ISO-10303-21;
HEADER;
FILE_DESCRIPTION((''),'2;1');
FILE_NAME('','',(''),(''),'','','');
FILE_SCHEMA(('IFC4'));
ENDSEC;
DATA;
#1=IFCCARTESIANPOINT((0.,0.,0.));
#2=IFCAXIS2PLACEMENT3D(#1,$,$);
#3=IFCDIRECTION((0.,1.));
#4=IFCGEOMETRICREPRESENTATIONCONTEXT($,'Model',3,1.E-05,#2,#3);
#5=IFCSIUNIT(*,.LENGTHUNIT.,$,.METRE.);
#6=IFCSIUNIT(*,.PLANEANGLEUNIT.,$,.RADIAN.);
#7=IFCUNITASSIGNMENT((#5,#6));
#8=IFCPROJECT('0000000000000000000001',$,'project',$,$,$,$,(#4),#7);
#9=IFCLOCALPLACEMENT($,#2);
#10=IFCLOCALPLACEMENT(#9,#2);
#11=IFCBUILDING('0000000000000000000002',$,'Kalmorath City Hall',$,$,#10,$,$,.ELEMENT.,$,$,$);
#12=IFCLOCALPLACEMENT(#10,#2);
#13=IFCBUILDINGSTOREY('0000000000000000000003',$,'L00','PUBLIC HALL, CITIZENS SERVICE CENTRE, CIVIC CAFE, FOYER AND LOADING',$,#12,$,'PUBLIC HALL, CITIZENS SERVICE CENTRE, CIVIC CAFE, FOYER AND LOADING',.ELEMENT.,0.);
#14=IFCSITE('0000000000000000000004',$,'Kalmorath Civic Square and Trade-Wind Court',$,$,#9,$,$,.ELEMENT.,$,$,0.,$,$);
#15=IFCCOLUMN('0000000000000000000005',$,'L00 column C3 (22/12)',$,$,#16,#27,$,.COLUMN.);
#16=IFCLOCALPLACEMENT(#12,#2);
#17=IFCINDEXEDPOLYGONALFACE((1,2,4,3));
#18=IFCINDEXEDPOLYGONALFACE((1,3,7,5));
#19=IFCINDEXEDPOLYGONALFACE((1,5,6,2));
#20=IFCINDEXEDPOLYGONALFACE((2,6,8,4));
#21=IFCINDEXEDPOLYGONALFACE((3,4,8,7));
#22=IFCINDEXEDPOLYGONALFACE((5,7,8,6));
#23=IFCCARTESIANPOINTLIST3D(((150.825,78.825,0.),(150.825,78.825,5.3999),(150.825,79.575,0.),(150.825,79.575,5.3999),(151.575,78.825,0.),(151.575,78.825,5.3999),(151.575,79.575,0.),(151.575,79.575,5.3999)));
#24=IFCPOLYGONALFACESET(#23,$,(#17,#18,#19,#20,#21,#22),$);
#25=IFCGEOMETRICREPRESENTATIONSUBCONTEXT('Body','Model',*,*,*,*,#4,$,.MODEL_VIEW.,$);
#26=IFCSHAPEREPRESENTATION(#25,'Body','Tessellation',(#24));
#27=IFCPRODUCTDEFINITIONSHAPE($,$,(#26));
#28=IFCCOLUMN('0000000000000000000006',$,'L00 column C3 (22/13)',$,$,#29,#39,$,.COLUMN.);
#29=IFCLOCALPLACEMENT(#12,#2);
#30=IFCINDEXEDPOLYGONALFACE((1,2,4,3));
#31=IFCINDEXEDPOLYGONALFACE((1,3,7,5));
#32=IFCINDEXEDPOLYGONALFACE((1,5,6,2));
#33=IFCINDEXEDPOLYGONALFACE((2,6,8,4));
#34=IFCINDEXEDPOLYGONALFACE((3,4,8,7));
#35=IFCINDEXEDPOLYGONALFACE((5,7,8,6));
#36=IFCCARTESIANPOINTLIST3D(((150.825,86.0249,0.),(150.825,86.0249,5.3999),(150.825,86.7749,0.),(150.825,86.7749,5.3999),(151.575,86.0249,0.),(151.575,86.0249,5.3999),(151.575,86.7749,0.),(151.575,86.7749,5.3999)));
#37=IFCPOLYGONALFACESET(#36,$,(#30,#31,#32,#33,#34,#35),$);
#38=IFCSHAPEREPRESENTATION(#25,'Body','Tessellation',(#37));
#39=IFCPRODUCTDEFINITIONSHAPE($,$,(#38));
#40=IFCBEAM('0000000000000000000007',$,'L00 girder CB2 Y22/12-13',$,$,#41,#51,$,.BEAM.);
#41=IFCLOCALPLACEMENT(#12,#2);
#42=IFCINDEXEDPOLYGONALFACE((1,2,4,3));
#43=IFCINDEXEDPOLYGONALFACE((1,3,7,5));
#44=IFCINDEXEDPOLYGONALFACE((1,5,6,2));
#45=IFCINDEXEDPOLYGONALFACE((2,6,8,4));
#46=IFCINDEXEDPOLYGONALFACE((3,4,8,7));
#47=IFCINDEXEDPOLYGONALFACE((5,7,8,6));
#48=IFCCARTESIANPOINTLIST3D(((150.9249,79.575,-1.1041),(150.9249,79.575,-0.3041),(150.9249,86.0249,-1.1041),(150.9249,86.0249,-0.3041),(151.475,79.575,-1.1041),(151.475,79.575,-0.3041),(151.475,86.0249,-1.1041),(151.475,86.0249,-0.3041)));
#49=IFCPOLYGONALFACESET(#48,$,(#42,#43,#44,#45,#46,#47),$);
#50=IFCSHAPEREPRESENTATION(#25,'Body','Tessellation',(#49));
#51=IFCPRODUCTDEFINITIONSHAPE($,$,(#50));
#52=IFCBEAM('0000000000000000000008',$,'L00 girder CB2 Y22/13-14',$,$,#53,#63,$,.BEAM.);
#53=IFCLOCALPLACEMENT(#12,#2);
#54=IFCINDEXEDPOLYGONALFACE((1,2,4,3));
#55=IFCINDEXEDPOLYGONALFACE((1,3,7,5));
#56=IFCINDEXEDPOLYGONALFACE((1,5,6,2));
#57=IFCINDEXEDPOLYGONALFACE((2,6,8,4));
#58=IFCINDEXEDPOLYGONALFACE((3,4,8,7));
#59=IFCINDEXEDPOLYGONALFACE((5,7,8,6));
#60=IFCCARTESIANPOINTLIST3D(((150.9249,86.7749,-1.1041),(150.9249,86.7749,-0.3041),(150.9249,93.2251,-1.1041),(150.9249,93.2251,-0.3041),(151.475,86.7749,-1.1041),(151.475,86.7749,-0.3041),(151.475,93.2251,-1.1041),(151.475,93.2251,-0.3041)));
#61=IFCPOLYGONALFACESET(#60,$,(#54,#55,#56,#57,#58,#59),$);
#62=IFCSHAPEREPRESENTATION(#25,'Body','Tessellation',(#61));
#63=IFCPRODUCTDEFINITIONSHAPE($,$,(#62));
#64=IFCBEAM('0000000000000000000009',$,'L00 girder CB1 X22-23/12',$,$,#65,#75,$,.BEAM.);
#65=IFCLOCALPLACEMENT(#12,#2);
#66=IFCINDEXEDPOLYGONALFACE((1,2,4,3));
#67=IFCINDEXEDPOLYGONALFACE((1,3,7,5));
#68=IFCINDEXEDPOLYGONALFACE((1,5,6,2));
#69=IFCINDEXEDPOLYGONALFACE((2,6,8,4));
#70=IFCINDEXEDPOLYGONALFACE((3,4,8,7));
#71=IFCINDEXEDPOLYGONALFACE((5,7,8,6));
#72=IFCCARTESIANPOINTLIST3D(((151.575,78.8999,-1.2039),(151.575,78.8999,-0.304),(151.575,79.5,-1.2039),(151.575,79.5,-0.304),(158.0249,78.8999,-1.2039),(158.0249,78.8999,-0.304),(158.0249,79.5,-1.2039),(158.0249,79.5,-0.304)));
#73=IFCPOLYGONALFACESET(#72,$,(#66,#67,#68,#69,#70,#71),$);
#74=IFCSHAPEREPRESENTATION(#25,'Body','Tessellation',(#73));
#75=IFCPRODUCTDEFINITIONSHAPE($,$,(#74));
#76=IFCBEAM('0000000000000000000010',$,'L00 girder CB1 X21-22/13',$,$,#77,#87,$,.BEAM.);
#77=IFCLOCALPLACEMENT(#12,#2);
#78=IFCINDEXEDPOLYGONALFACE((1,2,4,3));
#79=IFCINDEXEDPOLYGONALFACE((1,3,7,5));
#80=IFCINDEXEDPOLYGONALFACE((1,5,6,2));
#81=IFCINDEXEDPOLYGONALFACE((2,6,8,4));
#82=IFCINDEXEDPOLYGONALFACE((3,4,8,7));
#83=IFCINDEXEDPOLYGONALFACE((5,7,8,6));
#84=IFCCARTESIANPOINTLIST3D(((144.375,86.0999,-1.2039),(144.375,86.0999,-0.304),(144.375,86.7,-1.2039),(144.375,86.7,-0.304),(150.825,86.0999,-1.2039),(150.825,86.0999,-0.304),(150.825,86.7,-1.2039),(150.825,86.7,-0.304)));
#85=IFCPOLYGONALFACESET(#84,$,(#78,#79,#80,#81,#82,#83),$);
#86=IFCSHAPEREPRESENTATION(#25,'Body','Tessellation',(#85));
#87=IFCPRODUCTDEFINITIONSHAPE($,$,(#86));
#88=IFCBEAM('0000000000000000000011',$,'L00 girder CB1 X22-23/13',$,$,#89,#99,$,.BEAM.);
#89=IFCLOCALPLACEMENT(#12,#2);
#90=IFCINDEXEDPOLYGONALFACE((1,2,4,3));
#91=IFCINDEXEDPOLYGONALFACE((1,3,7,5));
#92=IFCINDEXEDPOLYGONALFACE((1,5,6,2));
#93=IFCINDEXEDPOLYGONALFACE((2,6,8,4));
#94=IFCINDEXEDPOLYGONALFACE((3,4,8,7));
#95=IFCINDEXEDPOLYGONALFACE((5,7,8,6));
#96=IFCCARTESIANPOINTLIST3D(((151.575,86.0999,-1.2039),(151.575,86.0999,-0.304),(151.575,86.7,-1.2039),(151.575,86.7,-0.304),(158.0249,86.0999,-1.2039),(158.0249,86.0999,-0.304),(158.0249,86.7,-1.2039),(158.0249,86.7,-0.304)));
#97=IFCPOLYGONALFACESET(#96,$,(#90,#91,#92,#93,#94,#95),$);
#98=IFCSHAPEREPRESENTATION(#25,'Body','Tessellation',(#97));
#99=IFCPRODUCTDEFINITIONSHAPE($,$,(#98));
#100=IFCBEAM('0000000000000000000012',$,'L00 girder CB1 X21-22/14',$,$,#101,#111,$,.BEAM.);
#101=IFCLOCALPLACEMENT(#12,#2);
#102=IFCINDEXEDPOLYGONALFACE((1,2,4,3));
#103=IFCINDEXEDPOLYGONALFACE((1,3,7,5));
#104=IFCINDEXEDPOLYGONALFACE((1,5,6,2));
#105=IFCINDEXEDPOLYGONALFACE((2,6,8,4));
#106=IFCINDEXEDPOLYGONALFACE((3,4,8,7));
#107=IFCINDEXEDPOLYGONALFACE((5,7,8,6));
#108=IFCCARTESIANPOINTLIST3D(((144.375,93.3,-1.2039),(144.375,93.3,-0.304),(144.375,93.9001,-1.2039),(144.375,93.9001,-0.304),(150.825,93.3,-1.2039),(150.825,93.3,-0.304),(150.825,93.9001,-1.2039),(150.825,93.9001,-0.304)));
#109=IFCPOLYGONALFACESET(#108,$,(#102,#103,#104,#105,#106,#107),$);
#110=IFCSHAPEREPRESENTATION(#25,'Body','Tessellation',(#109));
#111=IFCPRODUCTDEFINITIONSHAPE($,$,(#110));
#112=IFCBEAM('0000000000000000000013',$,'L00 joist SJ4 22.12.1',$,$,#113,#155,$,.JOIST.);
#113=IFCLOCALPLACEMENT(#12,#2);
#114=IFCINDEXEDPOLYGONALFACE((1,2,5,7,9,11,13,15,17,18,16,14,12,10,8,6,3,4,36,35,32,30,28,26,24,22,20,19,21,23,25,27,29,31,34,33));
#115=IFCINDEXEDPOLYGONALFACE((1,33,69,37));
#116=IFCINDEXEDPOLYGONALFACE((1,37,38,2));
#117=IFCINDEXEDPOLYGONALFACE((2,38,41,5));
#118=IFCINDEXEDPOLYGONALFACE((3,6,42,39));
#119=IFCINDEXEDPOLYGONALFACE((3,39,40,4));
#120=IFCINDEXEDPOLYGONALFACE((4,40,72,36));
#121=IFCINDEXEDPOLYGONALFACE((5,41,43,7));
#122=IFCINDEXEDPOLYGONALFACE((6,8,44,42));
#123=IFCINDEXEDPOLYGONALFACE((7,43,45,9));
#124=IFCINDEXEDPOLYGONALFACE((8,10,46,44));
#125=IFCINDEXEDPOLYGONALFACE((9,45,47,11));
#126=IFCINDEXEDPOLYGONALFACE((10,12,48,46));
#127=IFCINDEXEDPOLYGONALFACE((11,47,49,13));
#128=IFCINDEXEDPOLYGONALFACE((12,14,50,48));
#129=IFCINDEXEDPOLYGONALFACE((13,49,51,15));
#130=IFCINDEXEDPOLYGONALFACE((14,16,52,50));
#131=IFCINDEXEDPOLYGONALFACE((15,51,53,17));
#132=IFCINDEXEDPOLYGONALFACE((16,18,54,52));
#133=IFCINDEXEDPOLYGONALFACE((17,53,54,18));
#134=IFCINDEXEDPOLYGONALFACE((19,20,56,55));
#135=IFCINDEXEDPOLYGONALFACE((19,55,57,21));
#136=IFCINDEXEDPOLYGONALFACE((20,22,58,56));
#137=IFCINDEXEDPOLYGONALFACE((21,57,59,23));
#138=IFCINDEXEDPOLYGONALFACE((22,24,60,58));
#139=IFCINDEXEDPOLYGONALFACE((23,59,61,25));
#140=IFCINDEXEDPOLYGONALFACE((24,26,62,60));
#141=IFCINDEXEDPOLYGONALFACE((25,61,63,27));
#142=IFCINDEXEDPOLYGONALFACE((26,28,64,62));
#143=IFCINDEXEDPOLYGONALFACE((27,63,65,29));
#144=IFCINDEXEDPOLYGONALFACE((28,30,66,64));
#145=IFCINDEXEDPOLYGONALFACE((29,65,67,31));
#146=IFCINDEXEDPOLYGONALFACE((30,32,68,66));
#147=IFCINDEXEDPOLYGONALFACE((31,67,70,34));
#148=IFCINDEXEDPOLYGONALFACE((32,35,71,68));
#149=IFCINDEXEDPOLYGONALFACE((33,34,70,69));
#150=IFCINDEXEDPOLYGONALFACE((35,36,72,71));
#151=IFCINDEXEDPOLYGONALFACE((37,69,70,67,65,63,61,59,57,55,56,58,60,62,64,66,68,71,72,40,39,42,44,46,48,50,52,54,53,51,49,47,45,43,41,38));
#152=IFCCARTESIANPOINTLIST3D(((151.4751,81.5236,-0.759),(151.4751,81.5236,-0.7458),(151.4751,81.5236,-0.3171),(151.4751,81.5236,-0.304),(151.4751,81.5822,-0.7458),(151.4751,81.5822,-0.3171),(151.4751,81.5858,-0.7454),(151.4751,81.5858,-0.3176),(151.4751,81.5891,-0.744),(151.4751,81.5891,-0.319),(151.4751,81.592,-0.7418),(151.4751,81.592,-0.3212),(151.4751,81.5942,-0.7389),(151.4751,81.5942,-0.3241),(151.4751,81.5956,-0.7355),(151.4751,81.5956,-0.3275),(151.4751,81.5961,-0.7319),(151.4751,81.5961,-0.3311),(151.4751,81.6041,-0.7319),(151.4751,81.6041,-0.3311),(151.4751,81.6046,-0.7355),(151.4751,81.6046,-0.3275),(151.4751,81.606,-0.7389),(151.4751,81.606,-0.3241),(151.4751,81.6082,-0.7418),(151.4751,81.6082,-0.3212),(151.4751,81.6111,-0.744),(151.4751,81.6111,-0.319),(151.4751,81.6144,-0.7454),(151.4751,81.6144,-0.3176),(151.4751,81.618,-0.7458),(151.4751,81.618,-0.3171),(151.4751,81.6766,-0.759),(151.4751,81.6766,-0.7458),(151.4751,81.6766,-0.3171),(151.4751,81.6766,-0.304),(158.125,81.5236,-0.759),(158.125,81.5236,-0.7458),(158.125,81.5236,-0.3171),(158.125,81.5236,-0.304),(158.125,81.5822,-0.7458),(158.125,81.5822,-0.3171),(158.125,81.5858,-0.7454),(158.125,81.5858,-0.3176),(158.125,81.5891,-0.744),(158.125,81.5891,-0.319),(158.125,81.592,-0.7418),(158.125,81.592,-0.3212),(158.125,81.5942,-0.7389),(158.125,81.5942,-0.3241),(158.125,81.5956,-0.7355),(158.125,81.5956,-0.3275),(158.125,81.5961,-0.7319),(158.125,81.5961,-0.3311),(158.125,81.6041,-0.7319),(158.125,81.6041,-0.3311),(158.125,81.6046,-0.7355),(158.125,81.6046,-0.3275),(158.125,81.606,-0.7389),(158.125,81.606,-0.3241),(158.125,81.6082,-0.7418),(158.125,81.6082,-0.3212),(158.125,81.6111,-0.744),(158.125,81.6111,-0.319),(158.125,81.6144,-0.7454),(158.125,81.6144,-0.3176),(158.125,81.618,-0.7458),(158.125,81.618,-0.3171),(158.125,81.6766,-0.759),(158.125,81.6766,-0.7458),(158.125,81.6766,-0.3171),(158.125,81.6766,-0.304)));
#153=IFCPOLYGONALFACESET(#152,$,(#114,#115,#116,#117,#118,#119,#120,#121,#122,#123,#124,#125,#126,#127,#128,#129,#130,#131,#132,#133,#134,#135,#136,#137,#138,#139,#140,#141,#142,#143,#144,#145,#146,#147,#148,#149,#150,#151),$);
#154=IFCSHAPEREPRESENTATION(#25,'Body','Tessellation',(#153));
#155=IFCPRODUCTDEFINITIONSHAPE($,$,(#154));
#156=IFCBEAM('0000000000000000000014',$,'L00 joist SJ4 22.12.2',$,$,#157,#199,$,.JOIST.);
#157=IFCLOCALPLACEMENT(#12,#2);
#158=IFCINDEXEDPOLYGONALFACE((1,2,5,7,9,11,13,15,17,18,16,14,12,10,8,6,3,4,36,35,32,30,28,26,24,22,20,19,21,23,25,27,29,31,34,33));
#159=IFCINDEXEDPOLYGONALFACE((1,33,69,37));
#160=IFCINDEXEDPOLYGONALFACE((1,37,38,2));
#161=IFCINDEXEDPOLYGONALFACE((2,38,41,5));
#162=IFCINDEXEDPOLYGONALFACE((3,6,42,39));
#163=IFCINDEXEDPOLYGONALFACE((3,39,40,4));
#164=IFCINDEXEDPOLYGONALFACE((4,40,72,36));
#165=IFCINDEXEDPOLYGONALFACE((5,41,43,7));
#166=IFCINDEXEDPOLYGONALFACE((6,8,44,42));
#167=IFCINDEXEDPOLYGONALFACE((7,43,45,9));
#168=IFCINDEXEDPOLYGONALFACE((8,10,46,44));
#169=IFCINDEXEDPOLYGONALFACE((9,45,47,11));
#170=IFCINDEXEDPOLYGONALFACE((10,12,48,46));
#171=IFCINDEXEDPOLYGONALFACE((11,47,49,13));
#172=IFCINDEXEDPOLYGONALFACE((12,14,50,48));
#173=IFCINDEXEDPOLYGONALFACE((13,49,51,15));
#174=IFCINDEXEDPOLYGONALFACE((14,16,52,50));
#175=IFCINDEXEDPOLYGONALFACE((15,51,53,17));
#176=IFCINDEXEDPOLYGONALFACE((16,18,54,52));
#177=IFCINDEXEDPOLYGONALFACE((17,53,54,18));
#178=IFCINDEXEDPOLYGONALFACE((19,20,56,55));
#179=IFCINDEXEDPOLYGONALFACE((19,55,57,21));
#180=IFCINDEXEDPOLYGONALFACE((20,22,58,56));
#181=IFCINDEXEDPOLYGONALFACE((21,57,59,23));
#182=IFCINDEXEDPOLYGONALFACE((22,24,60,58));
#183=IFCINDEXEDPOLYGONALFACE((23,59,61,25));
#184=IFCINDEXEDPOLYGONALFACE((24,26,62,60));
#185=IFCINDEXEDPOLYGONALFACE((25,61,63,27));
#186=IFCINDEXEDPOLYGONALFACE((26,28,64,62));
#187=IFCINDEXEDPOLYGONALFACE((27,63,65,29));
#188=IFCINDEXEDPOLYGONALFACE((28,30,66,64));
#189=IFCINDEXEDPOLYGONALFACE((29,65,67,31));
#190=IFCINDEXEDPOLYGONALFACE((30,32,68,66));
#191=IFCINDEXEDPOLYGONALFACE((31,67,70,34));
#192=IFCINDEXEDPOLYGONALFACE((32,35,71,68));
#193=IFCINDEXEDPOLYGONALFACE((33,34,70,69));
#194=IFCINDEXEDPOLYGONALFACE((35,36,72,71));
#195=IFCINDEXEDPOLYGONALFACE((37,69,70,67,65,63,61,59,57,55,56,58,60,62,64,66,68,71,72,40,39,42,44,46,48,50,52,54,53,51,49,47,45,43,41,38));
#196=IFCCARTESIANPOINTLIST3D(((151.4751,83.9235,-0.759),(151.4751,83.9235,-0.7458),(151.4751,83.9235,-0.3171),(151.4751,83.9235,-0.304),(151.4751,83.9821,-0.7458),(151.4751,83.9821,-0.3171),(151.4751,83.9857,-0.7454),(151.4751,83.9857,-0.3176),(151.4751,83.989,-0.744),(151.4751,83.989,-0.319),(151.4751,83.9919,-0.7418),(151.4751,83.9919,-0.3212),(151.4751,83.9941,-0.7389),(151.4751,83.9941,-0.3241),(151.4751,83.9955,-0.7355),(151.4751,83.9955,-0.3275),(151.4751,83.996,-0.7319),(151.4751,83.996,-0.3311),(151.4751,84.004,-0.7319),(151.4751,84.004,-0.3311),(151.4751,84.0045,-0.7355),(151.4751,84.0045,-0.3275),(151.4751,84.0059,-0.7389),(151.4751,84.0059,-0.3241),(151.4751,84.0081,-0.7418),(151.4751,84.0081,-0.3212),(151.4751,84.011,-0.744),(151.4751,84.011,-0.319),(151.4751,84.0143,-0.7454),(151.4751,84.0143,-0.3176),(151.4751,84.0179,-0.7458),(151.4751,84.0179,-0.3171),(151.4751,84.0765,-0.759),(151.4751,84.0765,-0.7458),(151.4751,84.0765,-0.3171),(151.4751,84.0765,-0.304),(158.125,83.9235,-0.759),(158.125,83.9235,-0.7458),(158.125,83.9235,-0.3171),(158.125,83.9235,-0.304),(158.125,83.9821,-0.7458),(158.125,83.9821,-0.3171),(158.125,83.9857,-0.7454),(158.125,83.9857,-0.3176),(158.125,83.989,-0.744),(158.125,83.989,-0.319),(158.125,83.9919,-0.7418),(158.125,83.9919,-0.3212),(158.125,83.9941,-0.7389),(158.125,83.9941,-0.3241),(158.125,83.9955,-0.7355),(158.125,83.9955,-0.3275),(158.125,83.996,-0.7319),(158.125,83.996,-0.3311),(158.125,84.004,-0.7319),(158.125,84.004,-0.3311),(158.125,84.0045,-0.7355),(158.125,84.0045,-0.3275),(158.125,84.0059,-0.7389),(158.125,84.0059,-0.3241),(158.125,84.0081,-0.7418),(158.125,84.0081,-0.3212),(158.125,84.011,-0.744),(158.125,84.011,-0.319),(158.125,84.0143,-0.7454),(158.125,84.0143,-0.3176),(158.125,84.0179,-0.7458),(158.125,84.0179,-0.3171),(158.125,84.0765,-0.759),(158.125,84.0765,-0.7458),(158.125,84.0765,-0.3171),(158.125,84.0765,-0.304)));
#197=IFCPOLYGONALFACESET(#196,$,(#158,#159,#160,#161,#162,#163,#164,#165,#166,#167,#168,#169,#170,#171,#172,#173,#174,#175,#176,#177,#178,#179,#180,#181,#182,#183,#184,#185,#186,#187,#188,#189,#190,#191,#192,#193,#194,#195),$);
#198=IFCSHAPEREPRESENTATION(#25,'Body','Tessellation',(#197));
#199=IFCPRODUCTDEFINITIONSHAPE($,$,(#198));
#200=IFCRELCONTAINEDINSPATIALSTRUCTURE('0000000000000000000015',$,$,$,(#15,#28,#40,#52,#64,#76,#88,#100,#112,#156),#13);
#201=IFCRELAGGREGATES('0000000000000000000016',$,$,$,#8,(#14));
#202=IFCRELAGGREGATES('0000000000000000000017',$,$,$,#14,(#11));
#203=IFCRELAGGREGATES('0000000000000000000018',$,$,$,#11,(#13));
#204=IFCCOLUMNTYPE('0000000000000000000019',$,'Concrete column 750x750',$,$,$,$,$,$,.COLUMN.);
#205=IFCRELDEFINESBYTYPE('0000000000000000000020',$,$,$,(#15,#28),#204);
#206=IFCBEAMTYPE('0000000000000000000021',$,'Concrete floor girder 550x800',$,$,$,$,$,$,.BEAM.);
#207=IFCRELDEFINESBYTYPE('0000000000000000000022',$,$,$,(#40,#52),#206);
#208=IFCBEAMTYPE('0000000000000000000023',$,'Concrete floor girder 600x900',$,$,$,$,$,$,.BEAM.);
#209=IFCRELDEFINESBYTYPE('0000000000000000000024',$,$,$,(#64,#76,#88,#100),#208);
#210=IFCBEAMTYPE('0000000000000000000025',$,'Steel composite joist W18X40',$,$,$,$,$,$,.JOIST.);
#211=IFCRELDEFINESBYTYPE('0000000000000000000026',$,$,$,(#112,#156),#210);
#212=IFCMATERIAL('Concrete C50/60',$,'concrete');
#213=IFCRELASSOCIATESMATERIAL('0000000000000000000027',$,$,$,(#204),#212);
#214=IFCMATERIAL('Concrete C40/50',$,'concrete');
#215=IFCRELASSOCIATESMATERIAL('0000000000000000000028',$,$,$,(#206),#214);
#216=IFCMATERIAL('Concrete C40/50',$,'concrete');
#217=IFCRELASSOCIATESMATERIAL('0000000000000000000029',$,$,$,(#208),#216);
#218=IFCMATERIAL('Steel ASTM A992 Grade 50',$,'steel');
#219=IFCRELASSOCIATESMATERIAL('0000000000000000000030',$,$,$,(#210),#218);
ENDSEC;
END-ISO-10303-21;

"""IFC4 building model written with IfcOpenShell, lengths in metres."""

from ifc_helpers import new_model, si_unit, direction, frame, origin, origin_2d, place, context, subcontext, project, spatial, rectangle, i_section, extrude, material, material_profile, profile_set, type_object, element, save


model = new_model("IFC4")

# Units and contexts
model_context = context("Model", 3, precision=1e-05, world=origin(), true_north=direction((0.0, 1.0)))
body_context = subcontext(model_context, "Body", "Model", "MODEL_VIEW")
ifc_project = project(units=[si_unit("LENGTHUNIT", "METRE"), si_unit("PLANEANGLEUNIT", "RADIAN")], contexts=[model_context])

# Site, building, storey
site_placement = place(None, origin())
site = spatial("IfcSite", under=ifc_project, at=site_placement, Name="Kalmorath Civic Square and Trade-Wind Court", CompositionType="ELEMENT", RefElevation=0.0)
building_placement = place(site_placement, origin())
building = spatial("IfcBuilding", under=site, at=building_placement, Name="Kalmorath City Hall", CompositionType="ELEMENT")
storey_placement = place(building_placement, origin())
storey = spatial("IfcBuildingStorey", under=building, at=storey_placement, Name="L00", Description="PUBLIC HALL, CITIZENS SERVICE CENTRE, CIVIC CAFE, FOYER AND LOADING", LongName="PUBLIC HALL, CITIZENS SERVICE CENTRE, CIVIC CAFE, FOYER AND LOADING", CompositionType="ELEMENT", Elevation=0.0)

# Columns
ifc_material_1 = material(Name="Concrete C50/60", Category="concrete")
ifc_material_profile_1 = material_profile(ifc_material_1, rectangle(XDim=0.75, YDim=0.75, at=origin_2d()), Name="RC-COL-750X750")
ifc_profile_set_1 = profile_set([ifc_material_profile_1], Name="Concrete C50/60")
column_type = type_object("IfcColumnType", Name="Concrete column 750x750", PredefinedType="COLUMN", material=ifc_profile_set_1)
for number, where, z_axis, x_axis, name in (
    (1, (151.2, 79.2, 0.0), (0.0, 0.0, 1.0), (1.0, 0.0, 0.0), "L00 column C3 (22/12)"),
    (2, (151.2, 86.3999, 0.0), (0.0, 0.0, 1.0), (1.0, 0.0, 0.0), "L00 column C3 (22/13)"),
):
    element("IfcColumn", number, at=place(storey_placement, frame(where, z_axis=z_axis, x_axis=x_axis)), inside=storey, type_object=column_type, Name=name, PredefinedType="COLUMN", context=body_context, shape_type="SweptSolid", body=[
        extrude(rectangle(XDim=0.75, YDim=0.75, at=origin_2d()), origin(), (0.0, 0.0, 1.0), 5.3999),
    ])

# Beams
ifc_material_2 = material(Name="Concrete C40/50", Category="concrete")
ifc_material_profile_2 = material_profile(ifc_material_2, rectangle(XDim=0.55, YDim=0.8, at=origin_2d()), Name="RC-BM-550X800")
ifc_profile_set_2 = profile_set([ifc_material_profile_2], Name="Concrete C40/50")
beam_type_1 = type_object("IfcBeamType", Name="Concrete floor girder 550x800", PredefinedType="BEAM", material=ifc_profile_set_2)
beam_1_placement = place(storey_placement, frame((151.2, 79.575, -0.7041), z_axis=(0.0, 1.0, 0.0), x_axis=(-1.0, 0.0, 0.0)))
element("IfcBeam", 3, at=beam_1_placement, inside=storey, type_object=beam_type_1, Name="L00 girder CB2 Y22/12-13", PredefinedType="BEAM", context=body_context, shape_type="SweptSolid", body=[
    extrude(rectangle(XDim=0.55, YDim=0.8, at=origin_2d()), origin(), (0.0, 0.0, 1.0), 6.45),
])
beam_2_placement = place(storey_placement, frame((151.2, 86.7749, -0.7041), z_axis=(0.0, 1.0, 0.0), x_axis=(-1.0, 0.0, 0.0)))
element("IfcBeam", 4, at=beam_2_placement, inside=storey, type_object=beam_type_1, Name="L00 girder CB2 Y22/13-14", PredefinedType="BEAM", context=body_context, shape_type="SweptSolid", body=[
    extrude(rectangle(XDim=0.55, YDim=0.8, at=origin_2d()), origin(), (0.0, 0.0, 1.0), 6.4502),
])
ifc_material_3 = material(Name="Concrete C40/50", Category="concrete")
ifc_material_profile_3 = material_profile(ifc_material_3, rectangle(XDim=0.6001, YDim=0.8999, at=origin_2d()), Name="RC-BM-600X900")
ifc_profile_set_3 = profile_set([ifc_material_profile_3], Name="Concrete C40/50")
beam_type_2 = type_object("IfcBeamType", Name="Concrete floor girder 600x900", PredefinedType="BEAM", material=ifc_profile_set_3)
for number, where, z_axis, x_axis, name in (
    (5, (151.575, 79.2, -0.7539), (1.0, 0.0, 0.0), (0.0, 1.0, 0.0), "L00 girder CB1 X22-23/12"),
    (6, (144.375, 86.3999, -0.7539), (1.0, 0.0, 0.0), (0.0, 1.0, 0.0), "L00 girder CB1 X21-22/13"),
    (7, (151.575, 86.3999, -0.7539), (1.0, 0.0, 0.0), (0.0, 1.0, 0.0), "L00 girder CB1 X22-23/13"),
    (8, (144.375, 93.6001, -0.7539), (1.0, 0.0, 0.0), (0.0, 1.0, 0.0), "L00 girder CB1 X21-22/14"),
):
    element("IfcBeam", number, at=place(storey_placement, frame(where, z_axis=z_axis, x_axis=x_axis)), inside=storey, type_object=beam_type_2, Name=name, PredefinedType="BEAM", context=body_context, shape_type="SweptSolid", body=[
        extrude(rectangle(XDim=0.6001, YDim=0.8999, at=origin_2d()), origin(), (0.0, 0.0, 1.0), 6.45),
    ])
ifc_material_4 = material(Name="Steel ASTM A992 Grade 50", Category="steel")
ifc_material_profile_4 = material_profile(ifc_material_4, i_section(OverallWidth=0.1531, OverallDepth=0.4551, WebThickness=0.0081, FlangeThickness=0.0132, FilletRadius=0.0139, at=origin_2d()), Name="W18X40")
ifc_profile_set_4 = profile_set([ifc_material_profile_4], Name="Steel ASTM A992 Grade 50")
beam_type_3 = type_object("IfcBeamType", Name="Steel composite joist W18X40", PredefinedType="JOIST", material=ifc_profile_set_4)
for number, where, z_axis, x_axis, name in (
    (9, (151.4751, 81.6001, -0.5315), (1.0, 0.0, 0.0), (0.0, 1.0, 0.0), "L00 joist SJ4 22.12.1"),
    (10, (151.4751, 84.0, -0.5315), (1.0, 0.0, 0.0), (0.0, 1.0, 0.0), "L00 joist SJ4 22.12.2"),
):
    element("IfcBeam", number, at=place(storey_placement, frame(where, z_axis=z_axis, x_axis=x_axis)), inside=storey, type_object=beam_type_3, Name=name, PredefinedType="JOIST", context=body_context, shape_type="SweptSolid", body=[
        extrude(i_section(OverallWidth=0.1531, OverallDepth=0.4551, WebThickness=0.0081, FlangeThickness=0.0132, FilletRadius=0.0139, at=origin_2d()), origin(), (0.0, 0.0, 1.0), 6.6499),
    ])

save(model, "model.ifc")
